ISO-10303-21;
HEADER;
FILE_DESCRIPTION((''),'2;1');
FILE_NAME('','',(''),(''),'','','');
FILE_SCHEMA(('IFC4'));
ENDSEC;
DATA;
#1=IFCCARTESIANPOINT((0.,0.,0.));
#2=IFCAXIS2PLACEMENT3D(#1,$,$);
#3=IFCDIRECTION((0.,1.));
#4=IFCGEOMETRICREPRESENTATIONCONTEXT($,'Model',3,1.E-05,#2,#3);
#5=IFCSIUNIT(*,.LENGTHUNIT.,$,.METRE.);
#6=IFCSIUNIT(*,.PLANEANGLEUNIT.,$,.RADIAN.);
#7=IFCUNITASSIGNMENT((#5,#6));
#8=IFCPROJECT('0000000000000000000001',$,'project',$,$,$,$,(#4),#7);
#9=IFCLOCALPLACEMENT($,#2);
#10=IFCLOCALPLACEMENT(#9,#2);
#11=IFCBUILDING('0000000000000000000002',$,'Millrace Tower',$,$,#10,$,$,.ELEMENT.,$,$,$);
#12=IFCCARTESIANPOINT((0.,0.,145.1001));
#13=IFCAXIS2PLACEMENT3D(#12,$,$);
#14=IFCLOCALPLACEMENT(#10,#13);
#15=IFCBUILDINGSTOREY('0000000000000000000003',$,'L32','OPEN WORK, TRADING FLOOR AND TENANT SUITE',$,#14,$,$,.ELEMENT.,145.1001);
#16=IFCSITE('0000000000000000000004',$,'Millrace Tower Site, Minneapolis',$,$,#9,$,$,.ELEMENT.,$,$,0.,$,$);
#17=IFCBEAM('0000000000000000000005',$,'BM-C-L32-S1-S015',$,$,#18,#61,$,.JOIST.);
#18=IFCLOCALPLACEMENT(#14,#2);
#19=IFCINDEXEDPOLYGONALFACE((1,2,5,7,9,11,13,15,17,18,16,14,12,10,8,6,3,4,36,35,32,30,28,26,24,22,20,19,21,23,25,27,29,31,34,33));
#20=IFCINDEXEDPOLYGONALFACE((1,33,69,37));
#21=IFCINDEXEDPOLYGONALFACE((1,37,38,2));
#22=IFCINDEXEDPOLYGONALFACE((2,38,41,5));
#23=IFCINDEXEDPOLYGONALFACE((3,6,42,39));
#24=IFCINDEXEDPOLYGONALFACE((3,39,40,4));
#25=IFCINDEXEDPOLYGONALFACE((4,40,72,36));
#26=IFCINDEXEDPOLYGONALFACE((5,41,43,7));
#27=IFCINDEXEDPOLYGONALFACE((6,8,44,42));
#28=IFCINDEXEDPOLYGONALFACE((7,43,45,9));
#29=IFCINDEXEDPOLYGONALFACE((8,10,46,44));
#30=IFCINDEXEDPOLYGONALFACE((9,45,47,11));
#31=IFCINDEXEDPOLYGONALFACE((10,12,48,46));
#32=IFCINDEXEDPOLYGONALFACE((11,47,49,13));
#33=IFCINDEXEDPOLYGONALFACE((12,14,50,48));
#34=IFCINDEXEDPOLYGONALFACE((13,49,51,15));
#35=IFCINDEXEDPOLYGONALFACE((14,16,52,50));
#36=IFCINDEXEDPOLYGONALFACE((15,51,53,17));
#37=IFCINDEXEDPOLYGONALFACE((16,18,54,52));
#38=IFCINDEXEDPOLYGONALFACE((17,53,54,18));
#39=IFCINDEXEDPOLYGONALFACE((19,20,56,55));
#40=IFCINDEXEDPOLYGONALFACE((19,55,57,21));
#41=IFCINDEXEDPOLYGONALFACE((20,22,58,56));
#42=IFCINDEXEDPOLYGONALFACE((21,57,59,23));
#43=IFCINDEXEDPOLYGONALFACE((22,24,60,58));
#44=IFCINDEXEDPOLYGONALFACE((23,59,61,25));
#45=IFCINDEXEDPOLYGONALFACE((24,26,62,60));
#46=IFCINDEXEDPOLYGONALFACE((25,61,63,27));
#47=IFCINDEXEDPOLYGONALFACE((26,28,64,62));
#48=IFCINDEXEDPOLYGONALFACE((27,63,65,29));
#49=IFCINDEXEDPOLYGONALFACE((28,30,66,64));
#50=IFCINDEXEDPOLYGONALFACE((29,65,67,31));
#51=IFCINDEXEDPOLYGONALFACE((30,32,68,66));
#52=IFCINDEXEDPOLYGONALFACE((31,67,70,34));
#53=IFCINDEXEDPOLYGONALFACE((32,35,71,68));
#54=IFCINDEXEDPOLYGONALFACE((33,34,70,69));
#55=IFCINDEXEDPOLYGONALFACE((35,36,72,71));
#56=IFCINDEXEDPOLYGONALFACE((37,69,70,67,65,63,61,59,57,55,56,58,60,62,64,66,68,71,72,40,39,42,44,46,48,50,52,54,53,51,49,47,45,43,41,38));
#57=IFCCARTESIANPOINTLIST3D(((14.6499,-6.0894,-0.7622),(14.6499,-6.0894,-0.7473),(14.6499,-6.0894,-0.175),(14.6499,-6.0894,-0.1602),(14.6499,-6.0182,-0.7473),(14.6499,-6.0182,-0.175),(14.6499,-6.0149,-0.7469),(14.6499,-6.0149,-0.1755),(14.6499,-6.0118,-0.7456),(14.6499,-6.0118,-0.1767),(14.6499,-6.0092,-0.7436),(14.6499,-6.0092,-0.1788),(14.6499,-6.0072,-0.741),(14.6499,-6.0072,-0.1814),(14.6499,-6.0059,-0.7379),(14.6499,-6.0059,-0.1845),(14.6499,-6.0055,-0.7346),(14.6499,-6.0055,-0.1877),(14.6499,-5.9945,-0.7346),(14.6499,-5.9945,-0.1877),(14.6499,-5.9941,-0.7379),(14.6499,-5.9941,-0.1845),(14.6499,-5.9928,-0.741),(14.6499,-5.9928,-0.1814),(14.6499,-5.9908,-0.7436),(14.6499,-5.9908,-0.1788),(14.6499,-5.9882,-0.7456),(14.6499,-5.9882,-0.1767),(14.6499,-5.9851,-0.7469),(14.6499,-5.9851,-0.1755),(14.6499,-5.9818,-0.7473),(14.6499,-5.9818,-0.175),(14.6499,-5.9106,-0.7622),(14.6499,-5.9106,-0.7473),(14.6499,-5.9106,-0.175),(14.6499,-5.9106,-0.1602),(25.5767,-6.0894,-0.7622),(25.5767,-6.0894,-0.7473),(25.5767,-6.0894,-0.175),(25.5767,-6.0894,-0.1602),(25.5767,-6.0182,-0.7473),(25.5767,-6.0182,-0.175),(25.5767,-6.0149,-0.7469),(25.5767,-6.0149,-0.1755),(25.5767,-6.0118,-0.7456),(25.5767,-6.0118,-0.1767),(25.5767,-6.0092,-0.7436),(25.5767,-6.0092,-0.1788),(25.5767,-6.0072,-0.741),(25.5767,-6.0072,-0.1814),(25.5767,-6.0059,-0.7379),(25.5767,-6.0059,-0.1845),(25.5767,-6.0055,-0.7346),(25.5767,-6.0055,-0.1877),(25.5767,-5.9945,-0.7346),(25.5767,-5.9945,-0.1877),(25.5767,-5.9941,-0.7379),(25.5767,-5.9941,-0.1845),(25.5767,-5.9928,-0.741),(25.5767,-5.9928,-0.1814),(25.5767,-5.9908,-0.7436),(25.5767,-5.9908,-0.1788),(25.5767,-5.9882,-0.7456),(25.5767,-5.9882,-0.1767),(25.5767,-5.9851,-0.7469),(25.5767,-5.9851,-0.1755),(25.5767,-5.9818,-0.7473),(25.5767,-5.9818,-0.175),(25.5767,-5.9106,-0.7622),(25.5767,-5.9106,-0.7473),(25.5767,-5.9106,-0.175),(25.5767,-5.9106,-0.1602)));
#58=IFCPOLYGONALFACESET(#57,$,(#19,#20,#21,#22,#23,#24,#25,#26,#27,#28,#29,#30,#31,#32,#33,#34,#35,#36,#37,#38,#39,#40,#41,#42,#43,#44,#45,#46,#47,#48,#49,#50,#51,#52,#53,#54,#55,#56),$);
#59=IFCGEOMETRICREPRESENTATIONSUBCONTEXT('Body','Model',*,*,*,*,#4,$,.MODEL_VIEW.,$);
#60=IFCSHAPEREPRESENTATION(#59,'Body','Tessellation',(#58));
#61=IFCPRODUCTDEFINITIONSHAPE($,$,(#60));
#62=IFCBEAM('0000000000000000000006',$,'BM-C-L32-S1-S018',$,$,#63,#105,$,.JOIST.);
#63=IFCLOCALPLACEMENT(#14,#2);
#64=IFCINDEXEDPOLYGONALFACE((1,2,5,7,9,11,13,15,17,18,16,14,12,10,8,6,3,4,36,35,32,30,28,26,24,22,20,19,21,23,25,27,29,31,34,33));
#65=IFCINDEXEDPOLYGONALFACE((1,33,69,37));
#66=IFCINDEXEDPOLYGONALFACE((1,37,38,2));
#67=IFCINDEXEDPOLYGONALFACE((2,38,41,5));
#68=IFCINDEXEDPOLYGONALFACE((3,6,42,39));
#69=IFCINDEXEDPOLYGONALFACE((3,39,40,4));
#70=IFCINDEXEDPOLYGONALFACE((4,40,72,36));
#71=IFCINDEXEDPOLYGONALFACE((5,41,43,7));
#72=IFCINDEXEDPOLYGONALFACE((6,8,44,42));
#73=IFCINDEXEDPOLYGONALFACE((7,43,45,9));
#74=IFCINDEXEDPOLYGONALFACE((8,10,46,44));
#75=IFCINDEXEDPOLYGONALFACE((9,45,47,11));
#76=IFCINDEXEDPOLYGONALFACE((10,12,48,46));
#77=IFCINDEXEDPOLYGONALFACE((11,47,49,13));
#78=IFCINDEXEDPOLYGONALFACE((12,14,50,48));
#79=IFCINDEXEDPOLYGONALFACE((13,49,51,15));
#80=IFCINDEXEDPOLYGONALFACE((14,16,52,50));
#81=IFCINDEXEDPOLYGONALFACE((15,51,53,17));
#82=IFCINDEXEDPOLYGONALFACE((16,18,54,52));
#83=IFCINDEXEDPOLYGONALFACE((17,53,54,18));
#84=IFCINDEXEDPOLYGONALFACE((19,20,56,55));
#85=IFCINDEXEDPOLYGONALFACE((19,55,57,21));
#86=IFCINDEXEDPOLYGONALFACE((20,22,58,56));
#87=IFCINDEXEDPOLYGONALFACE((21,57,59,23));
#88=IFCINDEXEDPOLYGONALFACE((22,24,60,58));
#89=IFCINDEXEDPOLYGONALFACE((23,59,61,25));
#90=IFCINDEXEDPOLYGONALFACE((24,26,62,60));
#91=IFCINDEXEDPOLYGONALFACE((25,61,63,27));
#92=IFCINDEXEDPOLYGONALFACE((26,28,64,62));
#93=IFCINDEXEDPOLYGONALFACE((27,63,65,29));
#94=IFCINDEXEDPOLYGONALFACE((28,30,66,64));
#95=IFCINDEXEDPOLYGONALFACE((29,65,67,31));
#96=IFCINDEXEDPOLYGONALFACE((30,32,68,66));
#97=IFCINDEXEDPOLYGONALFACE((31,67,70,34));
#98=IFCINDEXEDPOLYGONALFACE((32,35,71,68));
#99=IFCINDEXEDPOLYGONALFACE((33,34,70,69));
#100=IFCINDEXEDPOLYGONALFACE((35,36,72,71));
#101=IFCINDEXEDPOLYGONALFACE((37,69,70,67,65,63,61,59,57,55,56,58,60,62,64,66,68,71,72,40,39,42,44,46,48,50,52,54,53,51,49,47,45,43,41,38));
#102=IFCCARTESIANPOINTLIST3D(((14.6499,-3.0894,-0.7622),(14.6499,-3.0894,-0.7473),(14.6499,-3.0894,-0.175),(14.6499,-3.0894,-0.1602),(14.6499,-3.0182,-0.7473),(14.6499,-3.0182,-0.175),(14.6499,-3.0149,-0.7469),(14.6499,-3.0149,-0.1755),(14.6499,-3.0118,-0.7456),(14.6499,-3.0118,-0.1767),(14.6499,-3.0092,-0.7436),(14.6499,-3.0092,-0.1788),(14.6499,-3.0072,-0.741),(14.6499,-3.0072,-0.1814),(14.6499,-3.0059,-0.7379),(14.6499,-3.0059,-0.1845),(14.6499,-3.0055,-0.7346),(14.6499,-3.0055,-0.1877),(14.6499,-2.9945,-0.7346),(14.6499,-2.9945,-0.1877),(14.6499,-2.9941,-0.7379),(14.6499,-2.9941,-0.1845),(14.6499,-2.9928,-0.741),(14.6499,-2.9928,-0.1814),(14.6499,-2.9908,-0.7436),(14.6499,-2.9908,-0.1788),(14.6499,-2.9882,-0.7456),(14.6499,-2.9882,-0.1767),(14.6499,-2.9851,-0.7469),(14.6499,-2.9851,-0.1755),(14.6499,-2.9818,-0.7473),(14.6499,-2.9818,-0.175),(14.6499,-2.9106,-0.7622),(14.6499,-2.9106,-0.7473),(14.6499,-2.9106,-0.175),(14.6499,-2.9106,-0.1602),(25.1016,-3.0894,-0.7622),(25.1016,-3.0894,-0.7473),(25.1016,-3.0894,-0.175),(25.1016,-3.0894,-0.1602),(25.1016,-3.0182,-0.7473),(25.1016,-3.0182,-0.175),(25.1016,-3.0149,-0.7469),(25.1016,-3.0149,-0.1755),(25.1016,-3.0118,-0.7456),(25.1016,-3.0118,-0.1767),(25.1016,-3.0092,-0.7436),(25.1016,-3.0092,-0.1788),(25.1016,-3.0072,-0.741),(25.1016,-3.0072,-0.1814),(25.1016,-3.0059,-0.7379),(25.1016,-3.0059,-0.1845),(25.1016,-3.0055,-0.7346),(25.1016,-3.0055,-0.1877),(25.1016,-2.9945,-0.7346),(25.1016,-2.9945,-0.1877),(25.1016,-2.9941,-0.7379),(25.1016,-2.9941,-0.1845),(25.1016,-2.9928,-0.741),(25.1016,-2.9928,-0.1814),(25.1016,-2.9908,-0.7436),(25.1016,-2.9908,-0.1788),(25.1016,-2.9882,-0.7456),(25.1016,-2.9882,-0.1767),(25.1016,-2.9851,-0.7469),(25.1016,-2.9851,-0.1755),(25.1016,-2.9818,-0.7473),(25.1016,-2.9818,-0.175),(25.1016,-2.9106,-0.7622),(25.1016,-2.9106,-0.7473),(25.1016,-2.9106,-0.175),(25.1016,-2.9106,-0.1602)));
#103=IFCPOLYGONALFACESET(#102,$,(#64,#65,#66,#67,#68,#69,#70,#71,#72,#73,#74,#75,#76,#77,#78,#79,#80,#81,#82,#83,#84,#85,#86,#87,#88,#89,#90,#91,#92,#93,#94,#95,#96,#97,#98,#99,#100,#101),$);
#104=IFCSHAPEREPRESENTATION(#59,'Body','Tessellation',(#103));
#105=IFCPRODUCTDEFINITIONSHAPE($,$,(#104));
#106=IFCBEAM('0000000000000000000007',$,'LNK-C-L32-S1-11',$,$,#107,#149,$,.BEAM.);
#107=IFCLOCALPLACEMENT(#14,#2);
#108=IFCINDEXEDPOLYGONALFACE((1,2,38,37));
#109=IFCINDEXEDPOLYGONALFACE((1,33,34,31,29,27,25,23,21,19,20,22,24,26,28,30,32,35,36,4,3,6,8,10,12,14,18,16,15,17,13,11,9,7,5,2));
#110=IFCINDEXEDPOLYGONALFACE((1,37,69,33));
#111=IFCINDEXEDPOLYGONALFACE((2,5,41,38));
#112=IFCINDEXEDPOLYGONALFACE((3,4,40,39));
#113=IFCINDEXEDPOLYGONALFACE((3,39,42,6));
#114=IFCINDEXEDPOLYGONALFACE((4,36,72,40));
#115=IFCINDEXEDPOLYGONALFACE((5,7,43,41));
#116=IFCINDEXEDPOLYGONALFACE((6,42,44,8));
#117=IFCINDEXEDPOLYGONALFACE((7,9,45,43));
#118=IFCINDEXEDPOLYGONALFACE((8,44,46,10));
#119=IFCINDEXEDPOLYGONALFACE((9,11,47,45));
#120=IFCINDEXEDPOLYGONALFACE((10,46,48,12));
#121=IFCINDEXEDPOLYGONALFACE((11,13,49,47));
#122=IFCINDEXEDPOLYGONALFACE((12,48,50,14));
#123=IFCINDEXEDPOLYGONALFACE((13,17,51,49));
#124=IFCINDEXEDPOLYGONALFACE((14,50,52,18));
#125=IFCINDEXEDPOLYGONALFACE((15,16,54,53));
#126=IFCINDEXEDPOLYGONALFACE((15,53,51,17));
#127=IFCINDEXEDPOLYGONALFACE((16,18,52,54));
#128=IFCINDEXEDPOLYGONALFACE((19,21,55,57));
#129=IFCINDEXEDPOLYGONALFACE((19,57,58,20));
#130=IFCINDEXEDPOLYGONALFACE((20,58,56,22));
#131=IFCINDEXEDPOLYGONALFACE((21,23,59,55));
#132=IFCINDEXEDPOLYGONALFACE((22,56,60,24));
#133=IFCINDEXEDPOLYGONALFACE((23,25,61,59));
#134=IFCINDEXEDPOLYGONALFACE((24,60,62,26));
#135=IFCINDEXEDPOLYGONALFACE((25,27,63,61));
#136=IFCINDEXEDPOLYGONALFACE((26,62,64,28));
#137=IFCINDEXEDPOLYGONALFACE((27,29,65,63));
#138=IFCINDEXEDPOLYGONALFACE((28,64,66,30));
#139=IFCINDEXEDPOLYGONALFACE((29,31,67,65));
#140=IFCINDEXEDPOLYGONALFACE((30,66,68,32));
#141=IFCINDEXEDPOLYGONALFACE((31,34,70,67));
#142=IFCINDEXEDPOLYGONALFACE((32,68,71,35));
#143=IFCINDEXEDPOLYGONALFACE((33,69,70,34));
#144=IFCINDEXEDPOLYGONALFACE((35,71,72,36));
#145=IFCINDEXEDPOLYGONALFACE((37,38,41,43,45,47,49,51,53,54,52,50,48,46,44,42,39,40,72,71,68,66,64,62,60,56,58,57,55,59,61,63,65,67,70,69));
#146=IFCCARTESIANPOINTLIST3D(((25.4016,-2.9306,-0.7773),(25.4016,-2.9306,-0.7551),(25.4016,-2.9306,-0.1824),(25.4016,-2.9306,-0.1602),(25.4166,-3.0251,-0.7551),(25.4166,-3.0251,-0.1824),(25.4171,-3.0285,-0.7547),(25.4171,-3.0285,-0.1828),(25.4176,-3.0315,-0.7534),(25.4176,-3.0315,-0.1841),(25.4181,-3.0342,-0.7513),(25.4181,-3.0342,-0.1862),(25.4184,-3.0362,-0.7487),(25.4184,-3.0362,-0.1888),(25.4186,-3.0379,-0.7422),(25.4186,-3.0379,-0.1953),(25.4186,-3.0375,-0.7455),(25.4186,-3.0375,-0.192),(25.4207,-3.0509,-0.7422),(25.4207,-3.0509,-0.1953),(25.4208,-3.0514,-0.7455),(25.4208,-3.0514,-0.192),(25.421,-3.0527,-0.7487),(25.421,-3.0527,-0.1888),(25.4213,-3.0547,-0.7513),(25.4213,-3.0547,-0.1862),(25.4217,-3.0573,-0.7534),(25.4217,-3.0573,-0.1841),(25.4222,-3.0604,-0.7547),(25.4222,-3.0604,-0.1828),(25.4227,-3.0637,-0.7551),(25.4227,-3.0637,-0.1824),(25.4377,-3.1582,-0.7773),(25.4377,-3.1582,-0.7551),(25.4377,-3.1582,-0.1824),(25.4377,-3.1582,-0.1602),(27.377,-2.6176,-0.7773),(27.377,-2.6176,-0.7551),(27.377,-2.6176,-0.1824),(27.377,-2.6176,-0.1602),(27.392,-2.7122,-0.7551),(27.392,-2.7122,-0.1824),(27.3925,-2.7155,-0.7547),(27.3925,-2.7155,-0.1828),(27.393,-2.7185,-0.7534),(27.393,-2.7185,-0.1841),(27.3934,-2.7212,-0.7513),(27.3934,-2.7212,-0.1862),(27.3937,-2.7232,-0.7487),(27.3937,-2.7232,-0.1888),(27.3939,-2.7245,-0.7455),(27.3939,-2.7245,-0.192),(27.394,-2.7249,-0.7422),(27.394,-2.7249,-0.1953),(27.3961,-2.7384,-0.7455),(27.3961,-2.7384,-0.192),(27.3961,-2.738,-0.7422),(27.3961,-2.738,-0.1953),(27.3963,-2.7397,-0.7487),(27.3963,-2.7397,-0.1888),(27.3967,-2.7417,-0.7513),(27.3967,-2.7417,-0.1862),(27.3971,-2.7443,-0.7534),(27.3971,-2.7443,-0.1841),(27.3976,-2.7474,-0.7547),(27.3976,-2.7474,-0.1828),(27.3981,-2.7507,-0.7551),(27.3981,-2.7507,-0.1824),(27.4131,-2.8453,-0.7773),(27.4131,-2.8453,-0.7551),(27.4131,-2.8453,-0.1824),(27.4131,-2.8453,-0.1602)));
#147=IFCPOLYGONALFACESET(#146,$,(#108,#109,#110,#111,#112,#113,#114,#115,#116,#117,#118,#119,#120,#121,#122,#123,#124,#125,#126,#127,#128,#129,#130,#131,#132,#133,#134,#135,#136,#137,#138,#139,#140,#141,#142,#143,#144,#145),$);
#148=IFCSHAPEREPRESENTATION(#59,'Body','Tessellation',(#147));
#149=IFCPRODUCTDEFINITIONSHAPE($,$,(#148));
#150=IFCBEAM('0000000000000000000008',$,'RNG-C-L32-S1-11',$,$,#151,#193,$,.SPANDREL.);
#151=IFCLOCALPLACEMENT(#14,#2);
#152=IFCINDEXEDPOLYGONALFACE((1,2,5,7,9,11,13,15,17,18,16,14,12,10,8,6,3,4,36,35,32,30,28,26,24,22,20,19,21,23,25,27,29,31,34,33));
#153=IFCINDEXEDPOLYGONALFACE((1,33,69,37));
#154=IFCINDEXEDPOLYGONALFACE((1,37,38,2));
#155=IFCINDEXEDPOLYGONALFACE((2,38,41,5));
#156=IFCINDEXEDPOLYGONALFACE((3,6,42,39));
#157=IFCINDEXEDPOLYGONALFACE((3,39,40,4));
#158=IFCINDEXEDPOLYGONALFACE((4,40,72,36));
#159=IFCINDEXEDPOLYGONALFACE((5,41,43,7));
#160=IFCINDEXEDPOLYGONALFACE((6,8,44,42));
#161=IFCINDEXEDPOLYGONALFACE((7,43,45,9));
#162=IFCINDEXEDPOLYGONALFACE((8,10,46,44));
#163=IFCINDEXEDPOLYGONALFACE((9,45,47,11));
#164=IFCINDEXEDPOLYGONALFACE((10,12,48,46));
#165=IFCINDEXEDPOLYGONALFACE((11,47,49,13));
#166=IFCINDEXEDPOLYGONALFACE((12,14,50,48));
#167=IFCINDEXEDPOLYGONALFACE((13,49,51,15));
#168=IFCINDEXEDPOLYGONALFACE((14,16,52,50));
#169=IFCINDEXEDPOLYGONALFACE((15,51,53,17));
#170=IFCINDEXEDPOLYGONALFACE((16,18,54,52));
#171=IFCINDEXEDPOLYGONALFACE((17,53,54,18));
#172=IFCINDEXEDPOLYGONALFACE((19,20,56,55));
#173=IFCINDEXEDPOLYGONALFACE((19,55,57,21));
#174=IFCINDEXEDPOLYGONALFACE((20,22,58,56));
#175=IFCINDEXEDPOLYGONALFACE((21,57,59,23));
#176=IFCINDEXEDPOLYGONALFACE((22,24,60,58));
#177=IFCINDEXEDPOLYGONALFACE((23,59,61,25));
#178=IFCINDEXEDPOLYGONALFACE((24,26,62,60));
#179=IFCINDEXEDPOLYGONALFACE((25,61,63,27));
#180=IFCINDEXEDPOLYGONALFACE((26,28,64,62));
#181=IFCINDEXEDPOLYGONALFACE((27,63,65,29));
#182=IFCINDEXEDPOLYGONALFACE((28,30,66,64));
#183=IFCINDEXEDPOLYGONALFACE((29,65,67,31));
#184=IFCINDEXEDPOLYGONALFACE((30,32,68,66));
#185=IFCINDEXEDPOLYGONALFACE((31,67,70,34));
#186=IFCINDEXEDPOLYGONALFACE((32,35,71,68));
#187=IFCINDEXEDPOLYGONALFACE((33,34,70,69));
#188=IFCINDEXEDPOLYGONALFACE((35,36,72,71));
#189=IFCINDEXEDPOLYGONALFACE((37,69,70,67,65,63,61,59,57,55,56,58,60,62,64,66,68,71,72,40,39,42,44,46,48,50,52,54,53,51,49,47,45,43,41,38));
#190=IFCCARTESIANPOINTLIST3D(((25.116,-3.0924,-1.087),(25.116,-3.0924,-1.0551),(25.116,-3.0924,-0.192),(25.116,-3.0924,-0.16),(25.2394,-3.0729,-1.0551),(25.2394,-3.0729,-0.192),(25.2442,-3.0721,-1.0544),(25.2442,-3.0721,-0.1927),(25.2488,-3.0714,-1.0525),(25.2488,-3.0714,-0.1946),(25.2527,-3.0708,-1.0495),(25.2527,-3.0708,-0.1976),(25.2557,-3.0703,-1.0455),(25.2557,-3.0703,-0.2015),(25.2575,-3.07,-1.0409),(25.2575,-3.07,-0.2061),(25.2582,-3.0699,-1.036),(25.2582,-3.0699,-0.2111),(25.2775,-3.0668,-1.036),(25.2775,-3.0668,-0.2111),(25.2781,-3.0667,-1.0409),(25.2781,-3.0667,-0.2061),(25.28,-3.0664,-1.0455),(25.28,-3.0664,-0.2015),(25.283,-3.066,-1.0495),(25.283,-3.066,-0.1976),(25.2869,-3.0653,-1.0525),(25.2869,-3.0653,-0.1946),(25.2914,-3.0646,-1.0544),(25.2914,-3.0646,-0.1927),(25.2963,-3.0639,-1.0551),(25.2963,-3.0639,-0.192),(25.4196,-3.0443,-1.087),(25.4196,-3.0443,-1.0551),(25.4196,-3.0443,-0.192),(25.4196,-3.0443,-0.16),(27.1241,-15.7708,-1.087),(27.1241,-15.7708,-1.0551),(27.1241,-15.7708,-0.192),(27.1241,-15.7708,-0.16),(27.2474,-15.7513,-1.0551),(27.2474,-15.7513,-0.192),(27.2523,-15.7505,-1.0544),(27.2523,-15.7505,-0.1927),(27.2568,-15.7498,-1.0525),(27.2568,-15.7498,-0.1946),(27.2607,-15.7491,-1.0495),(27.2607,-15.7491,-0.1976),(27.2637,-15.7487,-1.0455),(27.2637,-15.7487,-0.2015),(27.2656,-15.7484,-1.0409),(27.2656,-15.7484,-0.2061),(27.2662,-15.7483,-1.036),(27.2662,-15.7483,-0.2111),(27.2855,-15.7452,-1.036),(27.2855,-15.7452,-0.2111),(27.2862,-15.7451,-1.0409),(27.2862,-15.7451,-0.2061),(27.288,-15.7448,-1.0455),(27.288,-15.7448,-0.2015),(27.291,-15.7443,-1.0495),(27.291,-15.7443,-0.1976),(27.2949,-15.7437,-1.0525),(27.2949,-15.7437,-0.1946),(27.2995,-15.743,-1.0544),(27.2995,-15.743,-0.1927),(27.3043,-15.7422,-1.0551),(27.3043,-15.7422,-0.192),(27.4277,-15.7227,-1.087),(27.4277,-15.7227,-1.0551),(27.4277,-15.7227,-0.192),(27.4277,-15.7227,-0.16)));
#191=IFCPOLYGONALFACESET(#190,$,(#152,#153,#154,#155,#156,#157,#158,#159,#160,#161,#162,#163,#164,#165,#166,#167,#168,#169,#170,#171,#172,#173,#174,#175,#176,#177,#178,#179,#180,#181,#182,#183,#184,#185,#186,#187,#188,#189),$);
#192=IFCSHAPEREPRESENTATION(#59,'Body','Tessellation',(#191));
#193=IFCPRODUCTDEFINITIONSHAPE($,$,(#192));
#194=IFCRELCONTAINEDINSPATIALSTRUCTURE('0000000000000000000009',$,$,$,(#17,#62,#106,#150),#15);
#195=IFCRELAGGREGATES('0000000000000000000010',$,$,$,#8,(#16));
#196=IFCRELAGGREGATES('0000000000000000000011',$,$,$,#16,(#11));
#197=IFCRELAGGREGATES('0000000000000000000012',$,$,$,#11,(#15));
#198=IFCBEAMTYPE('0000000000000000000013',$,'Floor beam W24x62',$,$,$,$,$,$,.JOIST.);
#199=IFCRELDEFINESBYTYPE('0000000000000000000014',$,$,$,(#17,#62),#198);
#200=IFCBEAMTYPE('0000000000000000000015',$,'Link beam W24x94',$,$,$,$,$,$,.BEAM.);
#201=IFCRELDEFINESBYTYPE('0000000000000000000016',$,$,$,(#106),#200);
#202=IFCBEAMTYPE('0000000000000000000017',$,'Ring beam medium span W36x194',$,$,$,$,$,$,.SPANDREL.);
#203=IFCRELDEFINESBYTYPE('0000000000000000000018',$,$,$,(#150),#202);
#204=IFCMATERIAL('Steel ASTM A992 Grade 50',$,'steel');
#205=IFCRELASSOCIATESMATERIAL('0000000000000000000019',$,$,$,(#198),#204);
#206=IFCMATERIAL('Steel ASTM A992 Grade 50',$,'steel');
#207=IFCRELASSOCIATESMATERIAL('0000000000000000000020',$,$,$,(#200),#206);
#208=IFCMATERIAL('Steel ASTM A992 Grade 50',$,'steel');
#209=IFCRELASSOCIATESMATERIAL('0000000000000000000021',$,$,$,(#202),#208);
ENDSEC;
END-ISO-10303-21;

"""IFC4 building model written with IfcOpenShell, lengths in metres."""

from ifc_helpers import new_model, si_unit, direction, frame, origin, origin_2d, place, context, subcontext, project, spatial, i_section, extrude, material, material_profile, profile_set, type_object, element, save


model = new_model("IFC4")

# Units and contexts
model_context = context("Model", 3, precision=1e-05, world=origin(), true_north=direction((0.0, 1.0)))
body_context = subcontext(model_context, "Body", "Model", "MODEL_VIEW")
ifc_project = project(units=[si_unit("LENGTHUNIT", "METRE"), si_unit("PLANEANGLEUNIT", "RADIAN")], contexts=[model_context])

# Site, building, storey
site_placement = place(None, origin())
site = spatial("IfcSite", under=ifc_project, at=site_placement, Name="Millrace Tower Site, Minneapolis", CompositionType="ELEMENT", RefElevation=0.0)
building_placement = place(site_placement, origin())
building = spatial("IfcBuilding", under=site, at=building_placement, Name="Millrace Tower", CompositionType="ELEMENT")
storey_placement = place(building_placement, frame((0.0, 0.0, 145.1001)))
storey = spatial("IfcBuildingStorey", under=building, at=storey_placement, Name="L32", Description="OPEN WORK, TRADING FLOOR AND TENANT SUITE", CompositionType="ELEMENT", Elevation=145.1001)

# Beams
ifc_material_1 = material(Name="Steel ASTM A992 Grade 50", Category="steel")
ifc_material_profile_1 = material_profile(ifc_material_1, i_section(OverallWidth=0.1787, OverallDepth=0.6021, WebThickness=0.011, FlangeThickness=0.0149, FilletRadius=0.0127, at=origin_2d()))
ifc_profile_set_1 = profile_set([ifc_material_profile_1], Name="Steel ASTM A992 Grade 50")
beam_type_1 = type_object("IfcBeamType", Name="Floor beam W24x62", PredefinedType="JOIST", material=ifc_profile_set_1)
beam_1_placement = place(storey_placement, frame((14.6499, -6.0, -0.4612), z_axis=(1.0, 0.0, 0.0), x_axis=(0.0, 1.0, 0.0)))
element("IfcBeam", 1, at=beam_1_placement, inside=storey, type_object=beam_type_1, Name="BM-C-L32-S1-S015", PredefinedType="JOIST", context=body_context, shape_type="SweptSolid", body=[
    extrude(i_section(OverallWidth=0.1787, OverallDepth=0.6021, WebThickness=0.011, FlangeThickness=0.0149, FilletRadius=0.0127, at=origin_2d()), origin(), (0.0, 0.0, 1.0), 10.9268),
])
beam_2_placement = place(storey_placement, frame((14.6499, -3.0, -0.4612), z_axis=(1.0, 0.0, 0.0), x_axis=(0.0, 1.0, 0.0)))
element("IfcBeam", 2, at=beam_2_placement, inside=storey, type_object=beam_type_1, Name="BM-C-L32-S1-S018", PredefinedType="JOIST", context=body_context, shape_type="SweptSolid", body=[
    extrude(i_section(OverallWidth=0.1787, OverallDepth=0.6021, WebThickness=0.011, FlangeThickness=0.0149, FilletRadius=0.0127, at=origin_2d()), origin(), (0.0, 0.0, 1.0), 10.4517),
])
ifc_material_2 = material(Name="Steel ASTM A992 Grade 50", Category="steel")
ifc_material_profile_2 = material_profile(ifc_material_2, i_section(OverallWidth=0.2305, OverallDepth=0.6172, WebThickness=0.0132, FlangeThickness=0.0222, FilletRadius=0.0129, at=origin_2d()))
ifc_profile_set_2 = profile_set([ifc_material_profile_2], Name="Steel ASTM A992 Grade 50")
beam_type_2 = type_object("IfcBeamType", Name="Link beam W24x94", PredefinedType="BEAM", material=ifc_profile_set_2)
beam_3_placement = place(storey_placement, frame((25.4197, -3.0444, -0.4688), z_axis=(0.987679, 0.156495, 0.0), x_axis=(-0.156495, 0.987679, 0.0)))
element("IfcBeam", 3, at=beam_3_placement, inside=storey, type_object=beam_type_2, Name="LNK-C-L32-S1-11", PredefinedType="BEAM", context=body_context, shape_type="SweptSolid", body=[
    extrude(i_section(OverallWidth=0.2305, OverallDepth=0.6172, WebThickness=0.0132, FlangeThickness=0.0222, FilletRadius=0.0129, at=origin_2d()), origin(), (0.0, 0.0, 1.0), 2.0),
])
ifc_material_3 = material(Name="Steel ASTM A992 Grade 50", Category="steel")
ifc_material_profile_3 = material_profile(ifc_material_3, i_section(OverallWidth=0.3074, OverallDepth=0.927, WebThickness=0.0195, FlangeThickness=0.032, FilletRadius=0.019, at=origin_2d()))
ifc_profile_set_3 = profile_set([ifc_material_profile_3], Name="Steel ASTM A992 Grade 50")
beam_type_3 = type_object("IfcBeamType", Name="Ring beam medium span W36x194", PredefinedType="SPANDREL", material=ifc_profile_set_3)
beam_4_placement = place(storey_placement, frame((25.2678, -3.0684, -0.6235), z_axis=(0.156433, -0.987689, 0.0), x_axis=(0.987689, 0.156433, 0.0)))
element("IfcBeam", 4, at=beam_4_placement, inside=storey, type_object=beam_type_3, Name="RNG-C-L32-S1-11", PredefinedType="SPANDREL", context=body_context, shape_type="SweptSolid", body=[
    extrude(i_section(OverallWidth=0.3074, OverallDepth=0.927, WebThickness=0.0195, FlangeThickness=0.032, FilletRadius=0.019, at=origin_2d()), origin(), (0.0, 0.0, 1.0), 12.8364),
])

save(model, "model.ifc")
